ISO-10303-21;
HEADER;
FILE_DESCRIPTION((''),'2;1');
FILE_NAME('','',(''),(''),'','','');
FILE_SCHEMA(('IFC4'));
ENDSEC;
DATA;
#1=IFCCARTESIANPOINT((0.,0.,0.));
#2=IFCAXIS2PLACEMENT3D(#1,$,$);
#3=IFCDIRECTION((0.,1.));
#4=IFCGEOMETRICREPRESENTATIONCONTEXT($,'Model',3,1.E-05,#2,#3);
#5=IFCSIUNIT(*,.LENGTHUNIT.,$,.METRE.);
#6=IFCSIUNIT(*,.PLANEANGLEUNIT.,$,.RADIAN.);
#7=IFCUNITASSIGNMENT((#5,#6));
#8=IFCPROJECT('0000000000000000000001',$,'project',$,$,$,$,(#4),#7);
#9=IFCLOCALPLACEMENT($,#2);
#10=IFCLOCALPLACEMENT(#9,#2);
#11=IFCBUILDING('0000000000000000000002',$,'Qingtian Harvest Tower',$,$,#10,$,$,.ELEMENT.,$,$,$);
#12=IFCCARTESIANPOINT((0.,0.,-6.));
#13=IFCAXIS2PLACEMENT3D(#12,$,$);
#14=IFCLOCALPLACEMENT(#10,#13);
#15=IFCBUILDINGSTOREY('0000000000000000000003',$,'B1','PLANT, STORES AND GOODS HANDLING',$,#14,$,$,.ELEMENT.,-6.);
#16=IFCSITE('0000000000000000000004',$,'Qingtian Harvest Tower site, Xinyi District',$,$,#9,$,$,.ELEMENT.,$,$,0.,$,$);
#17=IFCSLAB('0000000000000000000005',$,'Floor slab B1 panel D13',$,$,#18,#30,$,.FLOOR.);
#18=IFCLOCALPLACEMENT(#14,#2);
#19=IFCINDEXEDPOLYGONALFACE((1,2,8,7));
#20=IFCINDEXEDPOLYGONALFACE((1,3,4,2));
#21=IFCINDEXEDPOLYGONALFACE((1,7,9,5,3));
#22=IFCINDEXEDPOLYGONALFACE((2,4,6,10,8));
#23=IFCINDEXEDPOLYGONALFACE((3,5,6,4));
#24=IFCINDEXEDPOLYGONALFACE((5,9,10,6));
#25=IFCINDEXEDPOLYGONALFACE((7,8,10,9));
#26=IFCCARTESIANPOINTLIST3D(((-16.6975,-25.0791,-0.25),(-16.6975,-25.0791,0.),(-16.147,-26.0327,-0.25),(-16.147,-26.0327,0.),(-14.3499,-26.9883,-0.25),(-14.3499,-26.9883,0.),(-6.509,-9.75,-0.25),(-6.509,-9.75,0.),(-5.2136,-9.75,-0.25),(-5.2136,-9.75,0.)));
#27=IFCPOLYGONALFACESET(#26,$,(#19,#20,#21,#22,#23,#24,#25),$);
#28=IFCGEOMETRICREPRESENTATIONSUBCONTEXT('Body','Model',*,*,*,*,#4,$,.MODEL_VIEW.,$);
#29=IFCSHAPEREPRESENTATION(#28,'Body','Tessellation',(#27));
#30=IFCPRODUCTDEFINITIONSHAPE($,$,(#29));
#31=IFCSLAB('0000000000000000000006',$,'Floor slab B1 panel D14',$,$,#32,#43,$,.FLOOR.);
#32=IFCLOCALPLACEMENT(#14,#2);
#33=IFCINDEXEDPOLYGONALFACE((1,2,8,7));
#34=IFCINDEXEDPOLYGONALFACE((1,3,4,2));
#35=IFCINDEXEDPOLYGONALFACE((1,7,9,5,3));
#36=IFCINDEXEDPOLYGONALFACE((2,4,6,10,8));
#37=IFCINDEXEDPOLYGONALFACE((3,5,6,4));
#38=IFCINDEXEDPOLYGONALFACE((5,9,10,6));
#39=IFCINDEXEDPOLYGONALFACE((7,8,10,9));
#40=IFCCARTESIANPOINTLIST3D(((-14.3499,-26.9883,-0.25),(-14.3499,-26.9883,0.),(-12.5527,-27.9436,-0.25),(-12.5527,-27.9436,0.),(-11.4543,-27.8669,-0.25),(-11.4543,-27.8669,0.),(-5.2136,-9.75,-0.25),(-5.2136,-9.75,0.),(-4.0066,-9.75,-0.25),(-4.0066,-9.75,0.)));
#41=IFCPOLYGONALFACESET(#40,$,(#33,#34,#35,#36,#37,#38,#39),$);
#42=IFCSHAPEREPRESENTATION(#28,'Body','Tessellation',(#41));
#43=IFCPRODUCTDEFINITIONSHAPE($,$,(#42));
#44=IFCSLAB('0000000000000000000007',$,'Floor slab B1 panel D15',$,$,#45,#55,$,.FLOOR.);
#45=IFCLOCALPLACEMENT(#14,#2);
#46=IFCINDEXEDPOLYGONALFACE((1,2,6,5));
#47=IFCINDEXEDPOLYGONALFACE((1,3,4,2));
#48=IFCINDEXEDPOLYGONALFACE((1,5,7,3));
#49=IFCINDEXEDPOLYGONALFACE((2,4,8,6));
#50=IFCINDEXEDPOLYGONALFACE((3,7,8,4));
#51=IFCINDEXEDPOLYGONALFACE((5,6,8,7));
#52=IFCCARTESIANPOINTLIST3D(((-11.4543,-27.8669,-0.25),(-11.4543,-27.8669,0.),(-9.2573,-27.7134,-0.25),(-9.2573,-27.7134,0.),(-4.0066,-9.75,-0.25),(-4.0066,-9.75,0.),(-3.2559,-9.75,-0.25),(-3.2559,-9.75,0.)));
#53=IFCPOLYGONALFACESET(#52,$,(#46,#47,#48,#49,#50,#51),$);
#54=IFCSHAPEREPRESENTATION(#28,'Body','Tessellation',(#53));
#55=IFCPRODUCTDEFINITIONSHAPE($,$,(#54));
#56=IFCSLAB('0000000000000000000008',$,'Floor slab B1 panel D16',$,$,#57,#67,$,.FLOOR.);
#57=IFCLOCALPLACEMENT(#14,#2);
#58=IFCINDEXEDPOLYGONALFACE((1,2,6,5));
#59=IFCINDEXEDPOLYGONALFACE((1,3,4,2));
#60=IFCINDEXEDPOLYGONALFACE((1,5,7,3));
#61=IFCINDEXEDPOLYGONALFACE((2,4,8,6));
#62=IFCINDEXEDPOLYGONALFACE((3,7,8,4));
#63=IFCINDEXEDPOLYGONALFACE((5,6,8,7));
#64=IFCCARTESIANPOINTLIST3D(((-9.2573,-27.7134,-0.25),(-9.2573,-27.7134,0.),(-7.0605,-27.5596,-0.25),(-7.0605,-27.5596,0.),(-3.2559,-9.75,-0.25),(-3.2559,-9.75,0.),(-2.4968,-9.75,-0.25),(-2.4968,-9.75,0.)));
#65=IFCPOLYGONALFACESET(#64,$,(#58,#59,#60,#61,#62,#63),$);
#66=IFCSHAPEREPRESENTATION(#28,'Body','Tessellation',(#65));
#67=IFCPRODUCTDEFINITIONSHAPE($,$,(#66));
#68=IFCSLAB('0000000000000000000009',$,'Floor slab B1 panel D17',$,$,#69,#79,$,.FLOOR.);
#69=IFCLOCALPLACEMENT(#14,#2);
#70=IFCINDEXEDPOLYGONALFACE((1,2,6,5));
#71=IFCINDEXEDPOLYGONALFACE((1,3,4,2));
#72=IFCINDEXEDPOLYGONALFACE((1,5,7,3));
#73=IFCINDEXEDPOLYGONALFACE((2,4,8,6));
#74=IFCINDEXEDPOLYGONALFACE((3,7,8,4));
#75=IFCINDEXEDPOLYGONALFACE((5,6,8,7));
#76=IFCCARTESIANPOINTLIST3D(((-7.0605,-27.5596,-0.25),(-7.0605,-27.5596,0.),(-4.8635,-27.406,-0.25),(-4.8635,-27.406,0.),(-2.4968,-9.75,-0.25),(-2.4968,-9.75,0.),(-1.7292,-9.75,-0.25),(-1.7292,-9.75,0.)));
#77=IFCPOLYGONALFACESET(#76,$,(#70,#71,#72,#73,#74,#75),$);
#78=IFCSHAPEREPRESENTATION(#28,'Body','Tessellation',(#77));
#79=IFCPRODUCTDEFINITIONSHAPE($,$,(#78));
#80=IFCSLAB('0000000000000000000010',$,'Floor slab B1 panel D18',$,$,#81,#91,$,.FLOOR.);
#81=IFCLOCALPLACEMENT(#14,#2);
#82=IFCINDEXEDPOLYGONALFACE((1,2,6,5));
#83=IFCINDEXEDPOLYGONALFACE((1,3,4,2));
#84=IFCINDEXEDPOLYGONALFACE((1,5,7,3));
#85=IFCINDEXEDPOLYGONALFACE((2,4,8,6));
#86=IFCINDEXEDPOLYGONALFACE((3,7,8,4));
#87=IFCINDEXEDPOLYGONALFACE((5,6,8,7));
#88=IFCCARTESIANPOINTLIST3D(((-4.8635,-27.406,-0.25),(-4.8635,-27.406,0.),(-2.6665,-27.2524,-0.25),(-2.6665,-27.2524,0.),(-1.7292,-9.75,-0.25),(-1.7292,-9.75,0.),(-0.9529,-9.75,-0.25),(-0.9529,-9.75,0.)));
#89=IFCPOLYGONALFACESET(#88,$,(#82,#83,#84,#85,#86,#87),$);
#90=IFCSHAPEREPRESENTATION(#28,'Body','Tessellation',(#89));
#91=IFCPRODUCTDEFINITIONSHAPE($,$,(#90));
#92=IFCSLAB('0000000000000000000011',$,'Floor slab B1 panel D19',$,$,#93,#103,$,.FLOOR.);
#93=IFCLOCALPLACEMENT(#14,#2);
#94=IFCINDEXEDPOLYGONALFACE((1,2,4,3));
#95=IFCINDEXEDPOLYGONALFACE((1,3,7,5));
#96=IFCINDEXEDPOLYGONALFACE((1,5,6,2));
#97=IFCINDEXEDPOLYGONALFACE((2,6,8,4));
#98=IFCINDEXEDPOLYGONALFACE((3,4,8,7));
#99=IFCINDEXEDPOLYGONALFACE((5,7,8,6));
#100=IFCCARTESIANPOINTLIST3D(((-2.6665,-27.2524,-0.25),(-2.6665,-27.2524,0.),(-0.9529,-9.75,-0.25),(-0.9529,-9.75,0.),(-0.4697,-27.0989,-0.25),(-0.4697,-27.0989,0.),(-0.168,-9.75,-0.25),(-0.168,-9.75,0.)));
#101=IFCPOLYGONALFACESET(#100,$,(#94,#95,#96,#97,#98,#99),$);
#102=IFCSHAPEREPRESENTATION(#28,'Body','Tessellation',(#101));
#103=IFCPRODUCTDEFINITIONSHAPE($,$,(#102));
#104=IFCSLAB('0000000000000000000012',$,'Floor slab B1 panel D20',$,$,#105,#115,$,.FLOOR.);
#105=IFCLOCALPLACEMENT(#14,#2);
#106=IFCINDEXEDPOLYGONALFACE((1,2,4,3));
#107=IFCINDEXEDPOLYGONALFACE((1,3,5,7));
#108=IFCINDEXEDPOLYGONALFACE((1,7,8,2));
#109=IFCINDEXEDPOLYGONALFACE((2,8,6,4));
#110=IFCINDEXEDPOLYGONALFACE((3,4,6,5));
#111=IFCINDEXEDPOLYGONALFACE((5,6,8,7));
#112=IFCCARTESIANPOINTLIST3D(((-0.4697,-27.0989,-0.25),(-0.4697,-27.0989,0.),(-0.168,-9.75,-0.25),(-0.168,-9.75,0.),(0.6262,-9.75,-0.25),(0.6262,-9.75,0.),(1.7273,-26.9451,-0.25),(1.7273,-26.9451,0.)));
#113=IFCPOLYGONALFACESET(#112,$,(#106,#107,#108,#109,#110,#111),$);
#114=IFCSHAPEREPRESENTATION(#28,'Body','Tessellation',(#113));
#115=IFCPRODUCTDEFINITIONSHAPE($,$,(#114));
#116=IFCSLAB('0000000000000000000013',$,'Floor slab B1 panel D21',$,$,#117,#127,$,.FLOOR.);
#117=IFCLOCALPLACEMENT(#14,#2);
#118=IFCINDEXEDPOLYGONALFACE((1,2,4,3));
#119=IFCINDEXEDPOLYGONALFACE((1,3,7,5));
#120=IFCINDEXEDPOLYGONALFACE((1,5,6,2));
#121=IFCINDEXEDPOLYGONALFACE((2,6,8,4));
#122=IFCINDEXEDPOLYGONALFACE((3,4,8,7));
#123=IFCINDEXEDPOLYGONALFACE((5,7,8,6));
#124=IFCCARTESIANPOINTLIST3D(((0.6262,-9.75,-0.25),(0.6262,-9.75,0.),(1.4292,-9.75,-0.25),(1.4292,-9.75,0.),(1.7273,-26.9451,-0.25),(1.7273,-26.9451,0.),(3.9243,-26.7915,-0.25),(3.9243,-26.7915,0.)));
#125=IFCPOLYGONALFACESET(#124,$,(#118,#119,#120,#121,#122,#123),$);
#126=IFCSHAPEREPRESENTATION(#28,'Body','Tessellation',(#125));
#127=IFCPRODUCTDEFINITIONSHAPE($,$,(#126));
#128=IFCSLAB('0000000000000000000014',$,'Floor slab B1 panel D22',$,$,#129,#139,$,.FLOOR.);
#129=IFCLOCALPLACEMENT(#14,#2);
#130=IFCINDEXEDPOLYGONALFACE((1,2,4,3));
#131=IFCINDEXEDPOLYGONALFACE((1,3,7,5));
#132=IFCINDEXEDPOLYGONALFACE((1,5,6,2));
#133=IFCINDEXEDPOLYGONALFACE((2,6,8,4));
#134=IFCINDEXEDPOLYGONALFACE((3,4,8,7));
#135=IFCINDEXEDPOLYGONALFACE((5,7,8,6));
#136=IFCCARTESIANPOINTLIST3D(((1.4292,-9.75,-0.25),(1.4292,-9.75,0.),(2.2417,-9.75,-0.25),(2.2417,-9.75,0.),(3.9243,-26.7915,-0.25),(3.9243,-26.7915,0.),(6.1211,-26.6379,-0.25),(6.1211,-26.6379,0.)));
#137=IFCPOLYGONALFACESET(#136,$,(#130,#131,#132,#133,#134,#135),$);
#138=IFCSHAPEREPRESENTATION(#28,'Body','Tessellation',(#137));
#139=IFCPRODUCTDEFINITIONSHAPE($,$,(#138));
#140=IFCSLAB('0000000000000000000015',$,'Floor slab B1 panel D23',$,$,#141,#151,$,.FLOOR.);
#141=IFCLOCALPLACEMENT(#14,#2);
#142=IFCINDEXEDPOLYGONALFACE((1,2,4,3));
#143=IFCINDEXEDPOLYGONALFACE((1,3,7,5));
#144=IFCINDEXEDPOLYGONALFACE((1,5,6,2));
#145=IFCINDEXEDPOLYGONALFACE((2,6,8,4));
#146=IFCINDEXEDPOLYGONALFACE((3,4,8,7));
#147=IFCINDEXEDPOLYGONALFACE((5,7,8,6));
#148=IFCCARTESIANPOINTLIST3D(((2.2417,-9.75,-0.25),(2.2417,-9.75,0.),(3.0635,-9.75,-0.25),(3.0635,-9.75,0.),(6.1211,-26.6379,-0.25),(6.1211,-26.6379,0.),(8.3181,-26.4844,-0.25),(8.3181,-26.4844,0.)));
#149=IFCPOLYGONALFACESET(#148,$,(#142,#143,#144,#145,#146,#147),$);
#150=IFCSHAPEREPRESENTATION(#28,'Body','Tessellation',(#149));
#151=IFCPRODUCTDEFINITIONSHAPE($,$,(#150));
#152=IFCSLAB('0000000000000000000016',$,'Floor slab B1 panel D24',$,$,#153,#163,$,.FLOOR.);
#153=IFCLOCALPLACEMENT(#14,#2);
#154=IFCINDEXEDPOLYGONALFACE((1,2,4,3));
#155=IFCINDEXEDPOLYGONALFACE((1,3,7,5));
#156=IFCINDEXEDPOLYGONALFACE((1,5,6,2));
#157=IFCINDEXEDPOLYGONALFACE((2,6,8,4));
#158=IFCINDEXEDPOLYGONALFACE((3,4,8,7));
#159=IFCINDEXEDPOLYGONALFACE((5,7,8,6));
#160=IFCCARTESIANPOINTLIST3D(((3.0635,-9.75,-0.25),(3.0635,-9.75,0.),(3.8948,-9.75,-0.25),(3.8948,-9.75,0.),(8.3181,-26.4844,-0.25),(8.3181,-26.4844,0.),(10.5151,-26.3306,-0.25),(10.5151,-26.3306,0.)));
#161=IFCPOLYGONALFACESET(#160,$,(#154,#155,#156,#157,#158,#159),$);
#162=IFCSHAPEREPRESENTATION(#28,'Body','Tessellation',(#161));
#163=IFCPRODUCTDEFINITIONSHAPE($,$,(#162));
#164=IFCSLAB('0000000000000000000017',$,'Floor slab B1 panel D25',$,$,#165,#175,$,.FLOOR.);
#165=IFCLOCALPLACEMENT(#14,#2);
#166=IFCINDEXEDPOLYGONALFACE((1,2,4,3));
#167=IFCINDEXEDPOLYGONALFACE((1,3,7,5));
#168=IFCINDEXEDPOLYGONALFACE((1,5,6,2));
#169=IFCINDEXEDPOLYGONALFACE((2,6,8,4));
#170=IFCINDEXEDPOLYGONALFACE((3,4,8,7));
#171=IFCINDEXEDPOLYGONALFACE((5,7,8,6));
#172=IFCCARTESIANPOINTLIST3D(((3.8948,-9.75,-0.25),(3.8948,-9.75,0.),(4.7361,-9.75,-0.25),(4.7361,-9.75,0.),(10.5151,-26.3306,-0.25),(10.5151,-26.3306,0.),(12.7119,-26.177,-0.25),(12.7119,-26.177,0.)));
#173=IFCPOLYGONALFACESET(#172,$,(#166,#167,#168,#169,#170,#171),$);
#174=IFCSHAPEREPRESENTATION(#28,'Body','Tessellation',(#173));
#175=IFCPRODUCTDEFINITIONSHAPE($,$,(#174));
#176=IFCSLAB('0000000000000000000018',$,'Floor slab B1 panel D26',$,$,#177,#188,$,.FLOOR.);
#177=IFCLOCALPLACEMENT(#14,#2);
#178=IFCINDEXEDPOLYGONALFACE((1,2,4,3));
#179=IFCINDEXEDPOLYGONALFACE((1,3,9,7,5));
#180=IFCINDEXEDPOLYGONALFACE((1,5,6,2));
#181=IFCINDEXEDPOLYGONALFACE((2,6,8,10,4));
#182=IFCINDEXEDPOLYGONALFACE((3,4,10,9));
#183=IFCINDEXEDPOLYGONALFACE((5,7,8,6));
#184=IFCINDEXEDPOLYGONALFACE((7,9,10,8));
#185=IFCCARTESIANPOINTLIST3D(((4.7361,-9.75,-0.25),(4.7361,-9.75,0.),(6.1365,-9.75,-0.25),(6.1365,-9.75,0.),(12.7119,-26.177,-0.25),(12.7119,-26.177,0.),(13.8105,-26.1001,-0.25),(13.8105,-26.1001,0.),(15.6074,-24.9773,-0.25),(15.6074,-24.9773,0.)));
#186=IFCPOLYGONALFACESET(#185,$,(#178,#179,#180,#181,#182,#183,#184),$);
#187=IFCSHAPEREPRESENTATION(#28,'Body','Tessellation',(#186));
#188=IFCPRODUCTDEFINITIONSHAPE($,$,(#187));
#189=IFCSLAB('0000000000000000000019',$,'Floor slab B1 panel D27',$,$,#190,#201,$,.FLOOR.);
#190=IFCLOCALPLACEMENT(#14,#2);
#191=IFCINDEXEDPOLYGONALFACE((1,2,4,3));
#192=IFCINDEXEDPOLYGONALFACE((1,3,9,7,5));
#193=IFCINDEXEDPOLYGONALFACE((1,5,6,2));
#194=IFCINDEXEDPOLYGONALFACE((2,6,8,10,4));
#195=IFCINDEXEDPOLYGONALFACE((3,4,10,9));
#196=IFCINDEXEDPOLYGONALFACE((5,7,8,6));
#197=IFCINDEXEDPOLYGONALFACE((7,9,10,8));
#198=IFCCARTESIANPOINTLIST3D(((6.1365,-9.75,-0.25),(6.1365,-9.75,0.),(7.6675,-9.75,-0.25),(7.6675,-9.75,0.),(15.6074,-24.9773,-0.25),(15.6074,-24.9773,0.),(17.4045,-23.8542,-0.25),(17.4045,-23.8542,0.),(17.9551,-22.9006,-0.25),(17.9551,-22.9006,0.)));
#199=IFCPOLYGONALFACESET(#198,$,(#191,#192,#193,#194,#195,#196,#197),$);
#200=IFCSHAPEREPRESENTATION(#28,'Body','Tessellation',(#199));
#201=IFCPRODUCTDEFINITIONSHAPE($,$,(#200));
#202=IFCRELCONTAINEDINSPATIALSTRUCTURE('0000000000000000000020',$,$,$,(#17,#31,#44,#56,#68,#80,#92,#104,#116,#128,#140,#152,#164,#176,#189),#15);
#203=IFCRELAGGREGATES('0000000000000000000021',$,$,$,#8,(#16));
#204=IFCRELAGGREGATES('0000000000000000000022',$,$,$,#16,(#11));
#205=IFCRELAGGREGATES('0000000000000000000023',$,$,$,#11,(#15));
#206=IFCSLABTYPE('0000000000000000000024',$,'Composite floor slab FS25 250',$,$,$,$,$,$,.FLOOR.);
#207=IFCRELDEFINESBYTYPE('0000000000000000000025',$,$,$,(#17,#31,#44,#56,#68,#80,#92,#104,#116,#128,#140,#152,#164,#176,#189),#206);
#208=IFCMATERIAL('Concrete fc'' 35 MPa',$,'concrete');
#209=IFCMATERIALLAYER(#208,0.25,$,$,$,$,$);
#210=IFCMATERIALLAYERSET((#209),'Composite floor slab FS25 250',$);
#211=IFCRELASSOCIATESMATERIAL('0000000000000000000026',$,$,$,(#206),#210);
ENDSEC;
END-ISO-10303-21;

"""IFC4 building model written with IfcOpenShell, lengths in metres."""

from ifc_helpers import new_model, si_unit, direction, frame, origin, place, context, subcontext, project, spatial, polyline, outline, extrude, material, layer, layer_set, type_object, element, save


model = new_model("IFC4")

# Units and contexts
model_context = context("Model", 3, precision=1e-05, world=origin(), true_north=direction((0.0, 1.0)))
body_context = subcontext(model_context, "Body", "Model", "MODEL_VIEW")
ifc_project = project(units=[si_unit("LENGTHUNIT", "METRE"), si_unit("PLANEANGLEUNIT", "RADIAN")], contexts=[model_context])

# Site, building, storey
site_placement = place(None, origin())
site = spatial("IfcSite", under=ifc_project, at=site_placement, Name="Qingtian Harvest Tower site, Xinyi District", CompositionType="ELEMENT", RefElevation=0.0)
building_placement = place(site_placement, origin())
building = spatial("IfcBuilding", under=site, at=building_placement, Name="Qingtian Harvest Tower", CompositionType="ELEMENT")
storey_placement = place(building_placement, frame((0.0, 0.0, -6.0)))
storey = spatial("IfcBuildingStorey", under=building, at=storey_placement, Name="B1", Description="PLANT, STORES AND GOODS HANDLING", CompositionType="ELEMENT", Elevation=-6.0)

# Slabs
ifc_material_1 = material(Name="Concrete fc' 35 MPa", Category="concrete")
ifc_layer_1 = layer(ifc_material_1, 0.25)
ifc_layer_set_1 = layer_set([ifc_layer_1], Name="Composite floor slab FS25 250")
slab_type = type_object("IfcSlabType", Name="Composite floor slab FS25 250", PredefinedType="FLOOR", material=ifc_layer_set_1)
slab_1_placement = place(storey_placement, frame((0.0, 0.0, -0.25)))
element("IfcSlab", 1, at=slab_1_placement, inside=storey, type_object=slab_type, Name="Floor slab B1 panel D13", PredefinedType="FLOOR", context=body_context, shape_type="SweptSolid", body=[
    extrude(outline(polyline([(-6.509, -9.75), (-5.2136, -9.75), (-14.3499, -26.9883), (-16.147, -26.0327), (-16.6975, -25.0791), (-6.509, -9.75)])), origin(), (0.0, 0.0, 1.0), 0.25),
])
slab_2_placement = place(storey_placement, frame((0.0, 0.0, -0.25)))
element("IfcSlab", 2, at=slab_2_placement, inside=storey, type_object=slab_type, Name="Floor slab B1 panel D14", PredefinedType="FLOOR", context=body_context, shape_type="SweptSolid", body=[
    extrude(outline(polyline([(-5.2136, -9.75), (-4.0066, -9.75), (-11.4543, -27.8669), (-12.5527, -27.9436), (-14.3499, -26.9883), (-5.2136, -9.75)])), origin(), (0.0, 0.0, 1.0), 0.25),
])
slab_3_placement = place(storey_placement, frame((0.0, 0.0, -0.25)))
element("IfcSlab", 3, at=slab_3_placement, inside=storey, type_object=slab_type, Name="Floor slab B1 panel D15", PredefinedType="FLOOR", context=body_context, shape_type="SweptSolid", body=[
    extrude(outline(polyline([(-3.2559, -9.75), (-9.2573, -27.7134), (-11.4543, -27.8669), (-4.0066, -9.75), (-3.2559, -9.75)])), origin(), (0.0, 0.0, 1.0), 0.25),
])
slab_4_placement = place(storey_placement, frame((0.0, 0.0, -0.25)))
element("IfcSlab", 4, at=slab_4_placement, inside=storey, type_object=slab_type, Name="Floor slab B1 panel D16", PredefinedType="FLOOR", context=body_context, shape_type="SweptSolid", body=[
    extrude(outline(polyline([(-2.4968, -9.75), (-7.0605, -27.5596), (-9.2573, -27.7134), (-3.2559, -9.75), (-2.4968, -9.75)])), origin(), (0.0, 0.0, 1.0), 0.25),
])
slab_5_placement = place(storey_placement, frame((0.0, 0.0, -0.25)))
element("IfcSlab", 5, at=slab_5_placement, inside=storey, type_object=slab_type, Name="Floor slab B1 panel D17", PredefinedType="FLOOR", context=body_context, shape_type="SweptSolid", body=[
    extrude(outline(polyline([(-1.7292, -9.75), (-4.8635, -27.406), (-7.0605, -27.5596), (-2.4968, -9.75), (-1.7292, -9.75)])), origin(), (0.0, 0.0, 1.0), 0.25),
])
slab_6_placement = place(storey_placement, frame((0.0, 0.0, -0.25)))
element("IfcSlab", 6, at=slab_6_placement, inside=storey, type_object=slab_type, Name="Floor slab B1 panel D18", PredefinedType="FLOOR", context=body_context, shape_type="SweptSolid", body=[
    extrude(outline(polyline([(-0.9529, -9.75), (-2.6665, -27.2524), (-4.8635, -27.406), (-1.7292, -9.75), (-0.9529, -9.75)])), origin(), (0.0, 0.0, 1.0), 0.25),
])
slab_7_placement = place(storey_placement, frame((0.0, 0.0, -0.25)))
element("IfcSlab", 7, at=slab_7_placement, inside=storey, type_object=slab_type, Name="Floor slab B1 panel D19", PredefinedType="FLOOR", context=body_context, shape_type="SweptSolid", body=[
    extrude(outline(polyline([(-0.168, -9.75), (-0.4697, -27.0989), (-2.6665, -27.2524), (-0.9529, -9.75), (-0.168, -9.75)])), origin(), (0.0, 0.0, 1.0), 0.25),
])
slab_8_placement = place(storey_placement, frame((0.0, 0.0, -0.25)))
element("IfcSlab", 8, at=slab_8_placement, inside=storey, type_object=slab_type, Name="Floor slab B1 panel D20", PredefinedType="FLOOR", context=body_context, shape_type="SweptSolid", body=[
    extrude(outline(polyline([(0.6262, -9.75), (1.7273, -26.9451), (-0.4697, -27.0989), (-0.168, -9.75), (0.6262, -9.75)])), origin(), (0.0, 0.0, 1.0), 0.25),
])
slab_9_placement = place(storey_placement, frame((0.0, 0.0, -0.25)))
element("IfcSlab", 9, at=slab_9_placement, inside=storey, type_object=slab_type, Name="Floor slab B1 panel D21", PredefinedType="FLOOR", context=body_context, shape_type="SweptSolid", body=[
    extrude(outline(polyline([(1.4292, -9.75), (3.9243, -26.7915), (1.7273, -26.9451), (0.6262, -9.75), (1.4292, -9.75)])), origin(), (0.0, 0.0, 1.0), 0.25),
])
slab_10_placement = place(storey_placement, frame((0.0, 0.0, -0.25)))
element("IfcSlab", 10, at=slab_10_placement, inside=storey, type_object=slab_type, Name="Floor slab B1 panel D22", PredefinedType="FLOOR", context=body_context, shape_type="SweptSolid", body=[
    extrude(outline(polyline([(2.2417, -9.75), (6.1211, -26.6379), (3.9243, -26.7915), (1.4292, -9.75), (2.2417, -9.75)])), origin(), (0.0, 0.0, 1.0), 0.25),
])
slab_11_placement = place(storey_placement, frame((0.0, 0.0, -0.25)))
element("IfcSlab", 11, at=slab_11_placement, inside=storey, type_object=slab_type, Name="Floor slab B1 panel D23", PredefinedType="FLOOR", context=body_context, shape_type="SweptSolid", body=[
    extrude(outline(polyline([(3.0635, -9.75), (8.3181, -26.4844), (6.1211, -26.6379), (2.2417, -9.75), (3.0635, -9.75)])), origin(), (0.0, 0.0, 1.0), 0.25),
])
slab_12_placement = place(storey_placement, frame((0.0, 0.0, -0.25)))
element("IfcSlab", 12, at=slab_12_placement, inside=storey, type_object=slab_type, Name="Floor slab B1 panel D24", PredefinedType="FLOOR", context=body_context, shape_type="SweptSolid", body=[
    extrude(outline(polyline([(3.8948, -9.75), (10.5151, -26.3306), (8.3181, -26.4844), (3.0635, -9.75), (3.8948, -9.75)])), origin(), (0.0, 0.0, 1.0), 0.25),
])
slab_13_placement = place(storey_placement, frame((0.0, 0.0, -0.25)))
element("IfcSlab", 13, at=slab_13_placement, inside=storey, type_object=slab_type, Name="Floor slab B1 panel D25", PredefinedType="FLOOR", context=body_context, shape_type="SweptSolid", body=[
    extrude(outline(polyline([(4.7361, -9.75), (12.7119, -26.177), (10.5151, -26.3306), (3.8948, -9.75), (4.7361, -9.75)])), origin(), (0.0, 0.0, 1.0), 0.25),
])
slab_14_placement = place(storey_placement, frame((0.0, 0.0, -0.25)))
element("IfcSlab", 14, at=slab_14_placement, inside=storey, type_object=slab_type, Name="Floor slab B1 panel D26", PredefinedType="FLOOR", context=body_context, shape_type="SweptSolid", body=[
    extrude(outline(polyline([(4.7361, -9.75), (6.1365, -9.75), (15.6074, -24.9773), (13.8105, -26.1001), (12.7119, -26.177), (4.7361, -9.75)])), origin(), (0.0, 0.0, 1.0), 0.25),
])
slab_15_placement = place(storey_placement, frame((0.0, 0.0, -0.25)))
element("IfcSlab", 15, at=slab_15_placement, inside=storey, type_object=slab_type, Name="Floor slab B1 panel D27", PredefinedType="FLOOR", context=body_context, shape_type="SweptSolid", body=[
    extrude(outline(polyline([(6.1365, -9.75), (7.6675, -9.75), (17.9551, -22.9006), (17.4045, -23.8542), (15.6074, -24.9773), (6.1365, -9.75)])), origin(), (0.0, 0.0, 1.0), 0.25),
])

save(model, "model.ifc")
